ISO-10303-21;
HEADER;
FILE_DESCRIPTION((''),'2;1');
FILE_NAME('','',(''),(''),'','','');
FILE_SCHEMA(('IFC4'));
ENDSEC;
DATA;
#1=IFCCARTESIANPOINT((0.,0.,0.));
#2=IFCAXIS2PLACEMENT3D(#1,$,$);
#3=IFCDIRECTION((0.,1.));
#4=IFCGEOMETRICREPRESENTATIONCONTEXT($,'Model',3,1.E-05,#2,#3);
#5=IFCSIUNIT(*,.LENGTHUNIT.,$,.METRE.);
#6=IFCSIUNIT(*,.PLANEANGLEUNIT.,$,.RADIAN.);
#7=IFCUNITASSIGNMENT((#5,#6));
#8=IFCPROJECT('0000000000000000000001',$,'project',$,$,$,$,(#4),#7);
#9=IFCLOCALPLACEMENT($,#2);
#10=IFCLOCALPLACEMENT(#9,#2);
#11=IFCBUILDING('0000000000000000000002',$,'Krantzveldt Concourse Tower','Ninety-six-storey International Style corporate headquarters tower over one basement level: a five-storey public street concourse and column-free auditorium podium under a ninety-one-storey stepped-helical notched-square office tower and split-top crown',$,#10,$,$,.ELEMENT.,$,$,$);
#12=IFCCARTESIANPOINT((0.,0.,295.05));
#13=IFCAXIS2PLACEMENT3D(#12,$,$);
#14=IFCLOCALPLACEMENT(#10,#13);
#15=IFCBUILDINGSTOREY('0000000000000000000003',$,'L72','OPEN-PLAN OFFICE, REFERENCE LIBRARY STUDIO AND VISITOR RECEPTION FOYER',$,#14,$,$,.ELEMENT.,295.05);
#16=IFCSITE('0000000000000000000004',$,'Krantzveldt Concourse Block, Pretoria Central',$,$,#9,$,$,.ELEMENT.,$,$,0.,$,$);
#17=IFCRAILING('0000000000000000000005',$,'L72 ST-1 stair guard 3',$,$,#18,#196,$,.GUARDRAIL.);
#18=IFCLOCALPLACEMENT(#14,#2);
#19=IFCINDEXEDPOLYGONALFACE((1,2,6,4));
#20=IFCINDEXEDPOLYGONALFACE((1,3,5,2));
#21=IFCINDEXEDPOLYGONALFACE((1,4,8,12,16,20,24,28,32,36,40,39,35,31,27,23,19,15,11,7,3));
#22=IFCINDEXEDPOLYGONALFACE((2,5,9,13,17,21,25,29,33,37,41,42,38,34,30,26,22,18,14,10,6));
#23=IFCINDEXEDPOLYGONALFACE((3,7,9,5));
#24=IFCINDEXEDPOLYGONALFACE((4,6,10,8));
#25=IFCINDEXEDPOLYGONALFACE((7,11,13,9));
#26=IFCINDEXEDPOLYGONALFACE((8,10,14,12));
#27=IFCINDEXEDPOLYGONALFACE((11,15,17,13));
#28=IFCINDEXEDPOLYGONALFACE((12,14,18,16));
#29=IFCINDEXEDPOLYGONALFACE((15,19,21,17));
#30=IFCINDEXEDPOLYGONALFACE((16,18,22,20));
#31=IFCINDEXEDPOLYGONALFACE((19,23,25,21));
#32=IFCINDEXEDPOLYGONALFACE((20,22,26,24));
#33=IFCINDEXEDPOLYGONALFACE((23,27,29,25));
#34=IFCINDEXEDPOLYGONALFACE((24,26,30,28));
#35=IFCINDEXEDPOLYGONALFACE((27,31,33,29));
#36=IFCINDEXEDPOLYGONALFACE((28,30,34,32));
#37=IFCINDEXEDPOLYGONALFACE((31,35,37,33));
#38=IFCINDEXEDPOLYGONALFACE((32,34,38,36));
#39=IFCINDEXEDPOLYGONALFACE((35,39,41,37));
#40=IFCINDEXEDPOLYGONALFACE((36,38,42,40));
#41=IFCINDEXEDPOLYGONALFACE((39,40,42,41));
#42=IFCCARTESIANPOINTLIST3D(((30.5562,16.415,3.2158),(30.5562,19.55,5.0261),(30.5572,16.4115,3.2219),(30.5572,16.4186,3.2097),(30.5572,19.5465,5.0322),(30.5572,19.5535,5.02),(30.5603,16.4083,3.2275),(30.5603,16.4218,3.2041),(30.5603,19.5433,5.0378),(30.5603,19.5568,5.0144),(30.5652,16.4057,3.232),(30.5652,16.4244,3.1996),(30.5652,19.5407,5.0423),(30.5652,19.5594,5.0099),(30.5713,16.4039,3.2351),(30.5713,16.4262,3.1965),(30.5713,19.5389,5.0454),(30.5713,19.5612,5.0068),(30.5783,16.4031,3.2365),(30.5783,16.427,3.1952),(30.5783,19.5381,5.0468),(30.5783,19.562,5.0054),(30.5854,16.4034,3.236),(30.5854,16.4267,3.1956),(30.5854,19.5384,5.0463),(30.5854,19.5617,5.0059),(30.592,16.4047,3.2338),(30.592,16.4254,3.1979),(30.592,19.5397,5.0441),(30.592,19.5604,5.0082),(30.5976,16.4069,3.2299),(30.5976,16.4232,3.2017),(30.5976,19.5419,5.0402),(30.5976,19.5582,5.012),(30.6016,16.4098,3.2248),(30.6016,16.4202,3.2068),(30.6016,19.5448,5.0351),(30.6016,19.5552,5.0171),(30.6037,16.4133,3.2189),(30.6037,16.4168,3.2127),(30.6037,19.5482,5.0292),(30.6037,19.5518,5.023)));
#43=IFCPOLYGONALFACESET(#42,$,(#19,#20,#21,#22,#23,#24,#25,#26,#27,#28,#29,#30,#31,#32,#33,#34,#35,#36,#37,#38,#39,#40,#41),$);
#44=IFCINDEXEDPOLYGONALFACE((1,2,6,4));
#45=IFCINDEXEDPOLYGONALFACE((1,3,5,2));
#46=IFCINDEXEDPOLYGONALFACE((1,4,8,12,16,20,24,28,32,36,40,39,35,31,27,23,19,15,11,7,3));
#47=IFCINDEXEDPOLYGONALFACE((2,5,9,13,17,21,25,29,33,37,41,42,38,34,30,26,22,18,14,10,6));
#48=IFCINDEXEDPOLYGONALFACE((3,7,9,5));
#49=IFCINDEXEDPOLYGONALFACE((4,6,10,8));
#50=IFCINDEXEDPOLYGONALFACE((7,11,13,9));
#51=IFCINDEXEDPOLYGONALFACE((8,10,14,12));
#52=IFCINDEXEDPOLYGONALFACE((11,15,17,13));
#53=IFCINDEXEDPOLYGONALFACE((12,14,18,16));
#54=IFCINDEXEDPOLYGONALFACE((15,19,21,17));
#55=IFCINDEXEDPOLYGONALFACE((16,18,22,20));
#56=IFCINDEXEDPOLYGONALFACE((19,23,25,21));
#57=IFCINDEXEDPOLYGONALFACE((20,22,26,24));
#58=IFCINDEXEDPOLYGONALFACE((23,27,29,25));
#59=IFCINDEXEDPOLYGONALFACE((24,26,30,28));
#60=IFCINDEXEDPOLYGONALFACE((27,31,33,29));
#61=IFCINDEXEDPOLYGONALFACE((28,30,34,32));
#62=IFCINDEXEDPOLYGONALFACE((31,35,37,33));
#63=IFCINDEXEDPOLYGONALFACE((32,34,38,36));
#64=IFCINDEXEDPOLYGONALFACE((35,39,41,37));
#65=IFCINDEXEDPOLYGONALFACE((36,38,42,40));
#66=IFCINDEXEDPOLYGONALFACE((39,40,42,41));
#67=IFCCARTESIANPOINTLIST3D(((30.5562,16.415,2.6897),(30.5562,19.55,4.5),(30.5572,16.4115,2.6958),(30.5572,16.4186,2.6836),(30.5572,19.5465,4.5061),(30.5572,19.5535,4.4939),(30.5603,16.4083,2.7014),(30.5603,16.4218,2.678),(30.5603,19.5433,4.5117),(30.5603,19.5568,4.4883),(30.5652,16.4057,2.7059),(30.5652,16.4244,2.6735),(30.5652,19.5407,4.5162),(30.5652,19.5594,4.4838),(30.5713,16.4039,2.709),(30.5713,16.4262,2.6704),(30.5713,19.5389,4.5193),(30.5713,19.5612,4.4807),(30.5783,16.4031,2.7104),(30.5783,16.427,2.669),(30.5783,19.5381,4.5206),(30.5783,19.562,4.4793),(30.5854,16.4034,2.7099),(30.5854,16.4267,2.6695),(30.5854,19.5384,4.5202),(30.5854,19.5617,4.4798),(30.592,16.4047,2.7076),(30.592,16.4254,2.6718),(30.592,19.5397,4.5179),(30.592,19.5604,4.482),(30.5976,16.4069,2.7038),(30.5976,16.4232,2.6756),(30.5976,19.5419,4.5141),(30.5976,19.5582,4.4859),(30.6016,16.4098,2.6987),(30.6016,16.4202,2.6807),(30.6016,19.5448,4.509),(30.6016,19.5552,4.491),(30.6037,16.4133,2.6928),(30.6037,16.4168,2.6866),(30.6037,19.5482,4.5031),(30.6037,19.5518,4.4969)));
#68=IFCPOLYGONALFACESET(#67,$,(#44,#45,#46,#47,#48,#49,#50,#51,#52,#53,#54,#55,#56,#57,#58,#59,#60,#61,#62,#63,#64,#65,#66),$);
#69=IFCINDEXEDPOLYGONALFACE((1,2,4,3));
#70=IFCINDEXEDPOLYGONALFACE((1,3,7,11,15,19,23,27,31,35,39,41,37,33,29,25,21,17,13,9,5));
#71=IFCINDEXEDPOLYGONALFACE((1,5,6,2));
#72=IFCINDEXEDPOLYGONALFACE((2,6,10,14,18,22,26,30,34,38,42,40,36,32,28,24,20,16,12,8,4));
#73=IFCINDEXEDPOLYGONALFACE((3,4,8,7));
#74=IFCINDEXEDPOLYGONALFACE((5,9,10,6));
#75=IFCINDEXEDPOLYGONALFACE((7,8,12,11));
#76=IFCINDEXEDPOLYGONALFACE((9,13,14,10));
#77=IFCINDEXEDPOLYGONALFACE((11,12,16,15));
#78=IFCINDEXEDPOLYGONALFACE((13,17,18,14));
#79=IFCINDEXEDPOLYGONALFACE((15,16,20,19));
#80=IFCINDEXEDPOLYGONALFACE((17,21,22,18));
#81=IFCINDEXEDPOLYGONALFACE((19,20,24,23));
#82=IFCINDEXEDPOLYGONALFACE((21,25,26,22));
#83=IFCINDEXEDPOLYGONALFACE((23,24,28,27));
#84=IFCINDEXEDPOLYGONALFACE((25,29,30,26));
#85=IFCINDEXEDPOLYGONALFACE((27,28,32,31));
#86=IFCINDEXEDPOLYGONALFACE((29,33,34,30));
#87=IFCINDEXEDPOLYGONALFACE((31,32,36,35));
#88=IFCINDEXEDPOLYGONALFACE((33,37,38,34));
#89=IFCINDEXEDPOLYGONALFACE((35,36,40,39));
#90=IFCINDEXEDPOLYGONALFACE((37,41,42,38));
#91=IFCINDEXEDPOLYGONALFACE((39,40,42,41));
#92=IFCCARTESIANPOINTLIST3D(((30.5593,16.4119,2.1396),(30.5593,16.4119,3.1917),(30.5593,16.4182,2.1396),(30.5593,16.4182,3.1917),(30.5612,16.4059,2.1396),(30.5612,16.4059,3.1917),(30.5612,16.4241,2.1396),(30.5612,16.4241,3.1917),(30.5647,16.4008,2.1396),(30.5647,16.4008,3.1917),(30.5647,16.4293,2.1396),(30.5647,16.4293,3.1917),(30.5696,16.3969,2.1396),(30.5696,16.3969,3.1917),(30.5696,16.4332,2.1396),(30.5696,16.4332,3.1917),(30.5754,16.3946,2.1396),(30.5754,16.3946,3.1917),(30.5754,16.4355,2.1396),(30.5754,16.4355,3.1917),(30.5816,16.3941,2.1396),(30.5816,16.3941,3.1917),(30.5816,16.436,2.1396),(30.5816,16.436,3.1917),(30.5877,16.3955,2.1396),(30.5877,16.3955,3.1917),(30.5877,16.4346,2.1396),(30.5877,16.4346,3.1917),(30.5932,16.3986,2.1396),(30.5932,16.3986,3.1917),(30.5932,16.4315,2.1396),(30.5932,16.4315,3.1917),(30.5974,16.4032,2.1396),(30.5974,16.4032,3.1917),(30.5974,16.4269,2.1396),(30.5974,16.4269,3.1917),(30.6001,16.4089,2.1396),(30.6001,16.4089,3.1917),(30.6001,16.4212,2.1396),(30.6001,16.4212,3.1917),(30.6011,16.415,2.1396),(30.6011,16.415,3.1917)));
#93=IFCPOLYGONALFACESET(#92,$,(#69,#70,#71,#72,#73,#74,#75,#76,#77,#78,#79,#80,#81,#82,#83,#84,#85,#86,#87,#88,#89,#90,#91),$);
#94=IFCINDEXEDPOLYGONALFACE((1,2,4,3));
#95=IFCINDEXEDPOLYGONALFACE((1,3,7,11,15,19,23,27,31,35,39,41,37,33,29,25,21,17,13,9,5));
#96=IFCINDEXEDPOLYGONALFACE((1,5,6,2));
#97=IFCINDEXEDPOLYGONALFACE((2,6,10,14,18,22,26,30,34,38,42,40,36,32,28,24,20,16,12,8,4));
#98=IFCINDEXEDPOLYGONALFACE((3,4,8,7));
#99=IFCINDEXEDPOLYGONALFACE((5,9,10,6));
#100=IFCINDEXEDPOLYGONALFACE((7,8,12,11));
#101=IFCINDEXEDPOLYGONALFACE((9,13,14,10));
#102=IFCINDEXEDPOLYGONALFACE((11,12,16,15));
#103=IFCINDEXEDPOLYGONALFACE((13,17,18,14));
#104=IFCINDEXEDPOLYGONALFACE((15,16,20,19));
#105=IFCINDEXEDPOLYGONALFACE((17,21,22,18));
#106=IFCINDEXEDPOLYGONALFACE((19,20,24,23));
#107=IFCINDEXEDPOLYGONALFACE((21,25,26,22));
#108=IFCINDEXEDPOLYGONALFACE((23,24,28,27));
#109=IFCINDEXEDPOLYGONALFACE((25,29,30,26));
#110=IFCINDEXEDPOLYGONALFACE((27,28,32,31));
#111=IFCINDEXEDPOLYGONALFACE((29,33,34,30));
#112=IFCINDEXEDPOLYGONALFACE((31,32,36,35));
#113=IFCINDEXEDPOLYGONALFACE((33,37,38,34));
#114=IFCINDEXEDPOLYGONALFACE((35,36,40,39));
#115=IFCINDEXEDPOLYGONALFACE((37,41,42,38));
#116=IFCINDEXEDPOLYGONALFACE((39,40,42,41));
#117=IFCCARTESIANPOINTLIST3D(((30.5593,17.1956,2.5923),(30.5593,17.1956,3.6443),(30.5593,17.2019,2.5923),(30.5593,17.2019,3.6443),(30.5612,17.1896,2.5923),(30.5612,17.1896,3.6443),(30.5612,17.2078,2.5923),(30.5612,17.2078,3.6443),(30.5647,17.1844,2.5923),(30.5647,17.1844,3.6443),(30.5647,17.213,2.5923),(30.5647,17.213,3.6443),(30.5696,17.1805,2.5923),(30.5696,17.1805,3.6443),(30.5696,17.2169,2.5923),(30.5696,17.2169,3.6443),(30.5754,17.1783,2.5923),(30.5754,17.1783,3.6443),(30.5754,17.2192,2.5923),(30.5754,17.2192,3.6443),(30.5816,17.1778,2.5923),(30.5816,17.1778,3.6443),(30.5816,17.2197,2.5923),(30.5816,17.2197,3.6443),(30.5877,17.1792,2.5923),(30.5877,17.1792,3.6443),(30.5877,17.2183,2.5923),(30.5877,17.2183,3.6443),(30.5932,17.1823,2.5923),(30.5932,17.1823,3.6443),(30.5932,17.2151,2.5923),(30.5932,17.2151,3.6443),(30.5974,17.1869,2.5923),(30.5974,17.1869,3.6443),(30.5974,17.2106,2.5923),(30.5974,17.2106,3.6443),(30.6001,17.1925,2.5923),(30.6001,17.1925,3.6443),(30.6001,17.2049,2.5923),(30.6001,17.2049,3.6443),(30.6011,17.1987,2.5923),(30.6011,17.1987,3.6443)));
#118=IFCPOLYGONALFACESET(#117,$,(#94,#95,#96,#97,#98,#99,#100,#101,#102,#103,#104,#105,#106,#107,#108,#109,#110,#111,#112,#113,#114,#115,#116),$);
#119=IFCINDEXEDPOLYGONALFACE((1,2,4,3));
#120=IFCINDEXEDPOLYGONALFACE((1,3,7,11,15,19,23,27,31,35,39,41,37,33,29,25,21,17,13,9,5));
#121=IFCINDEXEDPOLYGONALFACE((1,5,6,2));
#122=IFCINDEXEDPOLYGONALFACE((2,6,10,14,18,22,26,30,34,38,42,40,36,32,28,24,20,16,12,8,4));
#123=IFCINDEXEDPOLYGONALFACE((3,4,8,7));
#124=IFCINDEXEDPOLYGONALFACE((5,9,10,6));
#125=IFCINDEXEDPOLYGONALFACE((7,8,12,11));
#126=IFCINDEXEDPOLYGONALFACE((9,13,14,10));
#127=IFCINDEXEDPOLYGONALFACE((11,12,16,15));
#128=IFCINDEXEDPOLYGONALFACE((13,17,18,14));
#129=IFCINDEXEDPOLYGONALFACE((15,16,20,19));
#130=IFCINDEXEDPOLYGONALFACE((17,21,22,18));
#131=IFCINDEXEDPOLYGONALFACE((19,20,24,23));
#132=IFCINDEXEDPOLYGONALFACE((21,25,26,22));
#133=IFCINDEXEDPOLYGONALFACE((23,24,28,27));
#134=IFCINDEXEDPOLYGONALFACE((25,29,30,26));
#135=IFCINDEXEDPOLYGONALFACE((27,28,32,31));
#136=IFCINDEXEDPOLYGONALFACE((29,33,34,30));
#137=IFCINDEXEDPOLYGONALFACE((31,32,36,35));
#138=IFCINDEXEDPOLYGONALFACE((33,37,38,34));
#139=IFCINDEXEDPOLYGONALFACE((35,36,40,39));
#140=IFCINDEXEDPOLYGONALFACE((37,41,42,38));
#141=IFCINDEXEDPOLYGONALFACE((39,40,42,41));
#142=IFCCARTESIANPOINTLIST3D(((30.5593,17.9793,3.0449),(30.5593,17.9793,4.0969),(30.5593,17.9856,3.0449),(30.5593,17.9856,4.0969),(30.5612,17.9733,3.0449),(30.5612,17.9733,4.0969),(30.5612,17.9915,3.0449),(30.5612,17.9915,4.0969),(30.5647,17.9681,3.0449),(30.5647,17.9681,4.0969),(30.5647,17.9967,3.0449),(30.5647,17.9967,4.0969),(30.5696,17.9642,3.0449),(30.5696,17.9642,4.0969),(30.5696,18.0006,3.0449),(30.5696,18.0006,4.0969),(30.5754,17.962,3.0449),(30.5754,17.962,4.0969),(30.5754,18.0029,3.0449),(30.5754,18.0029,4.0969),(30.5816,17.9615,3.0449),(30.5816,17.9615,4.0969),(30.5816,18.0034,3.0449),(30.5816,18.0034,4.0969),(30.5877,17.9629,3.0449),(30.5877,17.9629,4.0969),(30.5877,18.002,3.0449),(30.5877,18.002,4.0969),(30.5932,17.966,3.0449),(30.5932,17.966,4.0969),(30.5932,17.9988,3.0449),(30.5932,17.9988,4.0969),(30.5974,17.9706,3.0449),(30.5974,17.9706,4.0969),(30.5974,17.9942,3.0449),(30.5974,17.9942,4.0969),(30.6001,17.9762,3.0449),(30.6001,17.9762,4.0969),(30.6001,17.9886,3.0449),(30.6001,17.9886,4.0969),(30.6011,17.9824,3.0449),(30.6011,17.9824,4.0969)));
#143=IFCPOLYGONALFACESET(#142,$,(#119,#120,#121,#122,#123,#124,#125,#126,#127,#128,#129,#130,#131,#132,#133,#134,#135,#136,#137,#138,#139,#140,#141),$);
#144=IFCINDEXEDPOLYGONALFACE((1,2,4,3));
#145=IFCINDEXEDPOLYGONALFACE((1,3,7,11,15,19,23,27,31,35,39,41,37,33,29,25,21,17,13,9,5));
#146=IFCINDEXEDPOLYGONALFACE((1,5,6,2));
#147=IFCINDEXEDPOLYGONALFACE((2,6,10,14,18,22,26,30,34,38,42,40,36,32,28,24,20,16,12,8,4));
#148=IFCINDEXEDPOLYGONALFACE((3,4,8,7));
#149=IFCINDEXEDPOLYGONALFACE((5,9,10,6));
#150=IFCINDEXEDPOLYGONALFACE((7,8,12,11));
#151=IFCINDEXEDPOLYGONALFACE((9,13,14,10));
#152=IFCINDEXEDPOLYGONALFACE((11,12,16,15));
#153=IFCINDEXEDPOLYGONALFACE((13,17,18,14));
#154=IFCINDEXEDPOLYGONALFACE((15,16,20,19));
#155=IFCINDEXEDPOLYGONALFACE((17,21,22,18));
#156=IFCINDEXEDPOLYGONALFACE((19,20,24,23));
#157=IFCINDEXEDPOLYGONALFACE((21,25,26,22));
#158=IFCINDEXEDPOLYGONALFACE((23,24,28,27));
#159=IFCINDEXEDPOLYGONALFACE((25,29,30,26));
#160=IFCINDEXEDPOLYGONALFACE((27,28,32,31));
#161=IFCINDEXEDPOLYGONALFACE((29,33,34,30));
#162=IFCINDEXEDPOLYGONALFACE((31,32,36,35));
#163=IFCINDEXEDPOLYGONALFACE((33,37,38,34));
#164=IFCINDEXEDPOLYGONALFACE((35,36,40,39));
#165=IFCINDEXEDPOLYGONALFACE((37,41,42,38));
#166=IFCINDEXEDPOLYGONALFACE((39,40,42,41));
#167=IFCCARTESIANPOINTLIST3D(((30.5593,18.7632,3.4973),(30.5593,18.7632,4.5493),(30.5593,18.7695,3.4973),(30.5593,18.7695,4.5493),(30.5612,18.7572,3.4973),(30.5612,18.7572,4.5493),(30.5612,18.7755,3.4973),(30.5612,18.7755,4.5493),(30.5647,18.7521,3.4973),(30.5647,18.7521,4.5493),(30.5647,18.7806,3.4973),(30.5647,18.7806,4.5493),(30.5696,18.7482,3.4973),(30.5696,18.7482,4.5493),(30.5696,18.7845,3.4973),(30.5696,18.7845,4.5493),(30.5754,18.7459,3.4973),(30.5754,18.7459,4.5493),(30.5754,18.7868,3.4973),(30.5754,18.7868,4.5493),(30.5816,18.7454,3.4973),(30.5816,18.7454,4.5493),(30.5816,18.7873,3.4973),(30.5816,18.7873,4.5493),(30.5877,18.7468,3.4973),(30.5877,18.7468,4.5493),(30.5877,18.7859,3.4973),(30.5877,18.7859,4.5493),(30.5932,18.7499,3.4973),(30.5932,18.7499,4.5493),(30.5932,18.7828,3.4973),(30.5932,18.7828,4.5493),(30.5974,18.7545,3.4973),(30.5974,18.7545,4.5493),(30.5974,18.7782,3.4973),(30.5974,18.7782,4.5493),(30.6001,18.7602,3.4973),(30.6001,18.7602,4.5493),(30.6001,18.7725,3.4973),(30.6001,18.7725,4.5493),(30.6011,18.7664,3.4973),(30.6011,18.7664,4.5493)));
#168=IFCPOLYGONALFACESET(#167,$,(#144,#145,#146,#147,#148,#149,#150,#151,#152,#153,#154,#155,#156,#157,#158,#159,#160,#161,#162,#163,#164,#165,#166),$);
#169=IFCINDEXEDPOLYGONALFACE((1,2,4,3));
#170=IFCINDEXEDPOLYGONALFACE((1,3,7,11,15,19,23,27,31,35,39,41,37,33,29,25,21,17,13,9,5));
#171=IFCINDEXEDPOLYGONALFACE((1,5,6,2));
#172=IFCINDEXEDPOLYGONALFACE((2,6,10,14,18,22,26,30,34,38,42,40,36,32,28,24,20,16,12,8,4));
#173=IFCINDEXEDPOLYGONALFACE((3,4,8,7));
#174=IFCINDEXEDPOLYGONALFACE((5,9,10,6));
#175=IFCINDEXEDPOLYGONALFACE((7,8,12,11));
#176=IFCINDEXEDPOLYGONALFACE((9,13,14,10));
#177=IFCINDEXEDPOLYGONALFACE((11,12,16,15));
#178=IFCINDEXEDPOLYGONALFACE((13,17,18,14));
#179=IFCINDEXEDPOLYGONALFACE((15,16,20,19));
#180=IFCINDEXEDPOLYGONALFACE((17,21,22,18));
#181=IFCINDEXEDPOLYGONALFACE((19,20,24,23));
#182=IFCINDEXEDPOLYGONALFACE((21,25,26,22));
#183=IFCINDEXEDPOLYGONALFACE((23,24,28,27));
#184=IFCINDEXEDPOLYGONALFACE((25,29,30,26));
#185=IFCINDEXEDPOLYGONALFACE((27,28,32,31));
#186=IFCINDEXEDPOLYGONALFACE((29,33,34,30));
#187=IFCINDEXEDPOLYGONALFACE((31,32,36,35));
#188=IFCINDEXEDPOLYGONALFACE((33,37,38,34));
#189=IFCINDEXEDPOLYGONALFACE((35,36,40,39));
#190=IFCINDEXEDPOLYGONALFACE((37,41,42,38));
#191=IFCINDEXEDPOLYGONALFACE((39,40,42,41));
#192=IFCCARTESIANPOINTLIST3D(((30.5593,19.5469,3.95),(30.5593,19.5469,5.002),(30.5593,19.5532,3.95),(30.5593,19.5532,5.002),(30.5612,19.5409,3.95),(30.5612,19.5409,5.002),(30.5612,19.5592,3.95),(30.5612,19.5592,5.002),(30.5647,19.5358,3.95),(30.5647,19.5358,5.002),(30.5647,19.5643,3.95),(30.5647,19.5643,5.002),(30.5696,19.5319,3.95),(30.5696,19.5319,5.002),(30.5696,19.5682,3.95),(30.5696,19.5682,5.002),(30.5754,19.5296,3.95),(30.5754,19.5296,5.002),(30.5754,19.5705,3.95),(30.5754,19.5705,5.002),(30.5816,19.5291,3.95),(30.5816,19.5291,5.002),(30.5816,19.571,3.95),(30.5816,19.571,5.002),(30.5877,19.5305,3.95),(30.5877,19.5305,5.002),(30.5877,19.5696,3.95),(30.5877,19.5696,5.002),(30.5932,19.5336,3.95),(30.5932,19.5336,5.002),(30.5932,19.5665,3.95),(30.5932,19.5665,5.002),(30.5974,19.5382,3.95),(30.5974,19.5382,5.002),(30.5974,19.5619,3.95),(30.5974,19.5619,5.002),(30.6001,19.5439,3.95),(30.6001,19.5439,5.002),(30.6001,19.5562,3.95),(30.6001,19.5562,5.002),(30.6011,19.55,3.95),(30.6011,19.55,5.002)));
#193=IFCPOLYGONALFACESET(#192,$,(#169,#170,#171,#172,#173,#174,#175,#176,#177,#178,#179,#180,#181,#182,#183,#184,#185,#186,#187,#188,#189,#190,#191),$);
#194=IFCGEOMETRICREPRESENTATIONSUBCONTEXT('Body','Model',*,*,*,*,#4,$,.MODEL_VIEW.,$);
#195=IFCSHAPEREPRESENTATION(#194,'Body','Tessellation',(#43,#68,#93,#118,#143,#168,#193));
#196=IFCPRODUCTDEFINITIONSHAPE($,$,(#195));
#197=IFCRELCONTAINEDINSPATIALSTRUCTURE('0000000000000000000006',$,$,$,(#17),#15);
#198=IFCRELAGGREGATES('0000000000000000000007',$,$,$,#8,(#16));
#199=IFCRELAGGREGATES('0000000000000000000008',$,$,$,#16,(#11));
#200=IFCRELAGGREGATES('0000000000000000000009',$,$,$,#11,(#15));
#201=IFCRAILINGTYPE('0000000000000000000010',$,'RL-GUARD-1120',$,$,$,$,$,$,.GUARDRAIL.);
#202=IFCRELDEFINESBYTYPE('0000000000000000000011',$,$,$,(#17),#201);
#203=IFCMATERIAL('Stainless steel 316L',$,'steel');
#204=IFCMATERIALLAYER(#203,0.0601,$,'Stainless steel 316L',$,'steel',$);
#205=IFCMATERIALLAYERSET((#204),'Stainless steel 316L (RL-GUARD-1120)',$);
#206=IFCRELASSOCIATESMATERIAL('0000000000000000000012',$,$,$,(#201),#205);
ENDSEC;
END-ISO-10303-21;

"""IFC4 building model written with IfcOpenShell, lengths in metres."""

from ifc_helpers import new_model, si_unit, direction, frame, origin, origin_2d, place, context, subcontext, project, spatial, circle, extrude, material, layer, layer_set, type_object, element, save


model = new_model("IFC4")

# Units and contexts
model_context = context("Model", 3, precision=1e-05, world=origin(), true_north=direction((0.0, 1.0)))
body_context = subcontext(model_context, "Body", "Model", "MODEL_VIEW")
ifc_project = project(units=[si_unit("LENGTHUNIT", "METRE"), si_unit("PLANEANGLEUNIT", "RADIAN")], contexts=[model_context])

# Site, building, storey
site_placement = place(None, origin())
site = spatial("IfcSite", under=ifc_project, at=site_placement, Name="Krantzveldt Concourse Block, Pretoria Central", CompositionType="ELEMENT", RefElevation=0.0)
building_placement = place(site_placement, origin())
building = spatial("IfcBuilding", under=site, at=building_placement, Name="Krantzveldt Concourse Tower", Description="Ninety-six-storey International Style corporate headquarters tower over one basement level: a five-storey public street concourse and column-free auditorium podium under a ninety-one-storey stepped-helical notched-square office tower and split-top crown", CompositionType="ELEMENT")
storey_placement = place(building_placement, frame((0.0, 0.0, 295.05)))
storey = spatial("IfcBuildingStorey", under=building, at=storey_placement, Name="L72", Description="OPEN-PLAN OFFICE, REFERENCE LIBRARY STUDIO AND VISITOR RECEPTION FOYER", CompositionType="ELEMENT", Elevation=295.05)

# Shared definitions
ifc_material_1 = material(Name="Stainless steel 316L", Category="steel")

# Railing
ifc_layer_1 = layer(ifc_material_1, 0.0601, Name="Stainless steel 316L", Category="steel")
ifc_layer_set_1 = layer_set([ifc_layer_1], Name="Stainless steel 316L (RL-GUARD-1120)")
railing_type_1 = type_object("IfcRailingType", Name="RL-GUARD-1120", PredefinedType="GUARDRAIL", material=ifc_layer_set_1)
railing_1_placement = place(storey_placement, frame((30.5801, 16.415, 2.1396)))
element("IfcRailing", 1, at=railing_1_placement, inside=storey, type_object=railing_type_1, Name="L72 ST-1 stair guard 3", PredefinedType="GUARDRAIL", context=body_context, shape_type="SweptSolid", body=[
    extrude(circle(Radius=0.0239, at=origin_2d()), frame((0.0, 0.0, 1.0762), z_axis=(0.0, 0.865989, 0.500063), x_axis=(-1.0, 0.0, 0.0)), (0.0, 0.0, 1.0), 3.6201),
    extrude(circle(Radius=0.0239, at=origin_2d()), frame((0.0, 0.0, 0.55), z_axis=(0.0, 0.865989, 0.500063), x_axis=(-1.0, 0.0, 0.0)), (0.0, 0.0, 1.0), 3.6201),
    extrude(circle(Radius=0.021, at=origin_2d()), origin(), (0.0, 0.0, 1.0), 1.052),
    extrude(circle(Radius=0.021, at=origin_2d()), frame((0.0, 0.7837, 0.4526)), (0.0, 0.0, 1.0), 1.052),
    extrude(circle(Radius=0.021, at=origin_2d()), frame((0.0, 1.5674, 0.9053)), (0.0, 0.0, 1.0), 1.052),
    extrude(circle(Radius=0.021, at=origin_2d()), frame((0.0, 2.3513, 1.3577)), (0.0, 0.0, 1.0), 1.052),
    extrude(circle(Radius=0.021, at=origin_2d()), frame((0.0, 3.135, 1.8103)), (0.0, 0.0, 1.0), 1.052),
])

save(model, "model.ifc")
